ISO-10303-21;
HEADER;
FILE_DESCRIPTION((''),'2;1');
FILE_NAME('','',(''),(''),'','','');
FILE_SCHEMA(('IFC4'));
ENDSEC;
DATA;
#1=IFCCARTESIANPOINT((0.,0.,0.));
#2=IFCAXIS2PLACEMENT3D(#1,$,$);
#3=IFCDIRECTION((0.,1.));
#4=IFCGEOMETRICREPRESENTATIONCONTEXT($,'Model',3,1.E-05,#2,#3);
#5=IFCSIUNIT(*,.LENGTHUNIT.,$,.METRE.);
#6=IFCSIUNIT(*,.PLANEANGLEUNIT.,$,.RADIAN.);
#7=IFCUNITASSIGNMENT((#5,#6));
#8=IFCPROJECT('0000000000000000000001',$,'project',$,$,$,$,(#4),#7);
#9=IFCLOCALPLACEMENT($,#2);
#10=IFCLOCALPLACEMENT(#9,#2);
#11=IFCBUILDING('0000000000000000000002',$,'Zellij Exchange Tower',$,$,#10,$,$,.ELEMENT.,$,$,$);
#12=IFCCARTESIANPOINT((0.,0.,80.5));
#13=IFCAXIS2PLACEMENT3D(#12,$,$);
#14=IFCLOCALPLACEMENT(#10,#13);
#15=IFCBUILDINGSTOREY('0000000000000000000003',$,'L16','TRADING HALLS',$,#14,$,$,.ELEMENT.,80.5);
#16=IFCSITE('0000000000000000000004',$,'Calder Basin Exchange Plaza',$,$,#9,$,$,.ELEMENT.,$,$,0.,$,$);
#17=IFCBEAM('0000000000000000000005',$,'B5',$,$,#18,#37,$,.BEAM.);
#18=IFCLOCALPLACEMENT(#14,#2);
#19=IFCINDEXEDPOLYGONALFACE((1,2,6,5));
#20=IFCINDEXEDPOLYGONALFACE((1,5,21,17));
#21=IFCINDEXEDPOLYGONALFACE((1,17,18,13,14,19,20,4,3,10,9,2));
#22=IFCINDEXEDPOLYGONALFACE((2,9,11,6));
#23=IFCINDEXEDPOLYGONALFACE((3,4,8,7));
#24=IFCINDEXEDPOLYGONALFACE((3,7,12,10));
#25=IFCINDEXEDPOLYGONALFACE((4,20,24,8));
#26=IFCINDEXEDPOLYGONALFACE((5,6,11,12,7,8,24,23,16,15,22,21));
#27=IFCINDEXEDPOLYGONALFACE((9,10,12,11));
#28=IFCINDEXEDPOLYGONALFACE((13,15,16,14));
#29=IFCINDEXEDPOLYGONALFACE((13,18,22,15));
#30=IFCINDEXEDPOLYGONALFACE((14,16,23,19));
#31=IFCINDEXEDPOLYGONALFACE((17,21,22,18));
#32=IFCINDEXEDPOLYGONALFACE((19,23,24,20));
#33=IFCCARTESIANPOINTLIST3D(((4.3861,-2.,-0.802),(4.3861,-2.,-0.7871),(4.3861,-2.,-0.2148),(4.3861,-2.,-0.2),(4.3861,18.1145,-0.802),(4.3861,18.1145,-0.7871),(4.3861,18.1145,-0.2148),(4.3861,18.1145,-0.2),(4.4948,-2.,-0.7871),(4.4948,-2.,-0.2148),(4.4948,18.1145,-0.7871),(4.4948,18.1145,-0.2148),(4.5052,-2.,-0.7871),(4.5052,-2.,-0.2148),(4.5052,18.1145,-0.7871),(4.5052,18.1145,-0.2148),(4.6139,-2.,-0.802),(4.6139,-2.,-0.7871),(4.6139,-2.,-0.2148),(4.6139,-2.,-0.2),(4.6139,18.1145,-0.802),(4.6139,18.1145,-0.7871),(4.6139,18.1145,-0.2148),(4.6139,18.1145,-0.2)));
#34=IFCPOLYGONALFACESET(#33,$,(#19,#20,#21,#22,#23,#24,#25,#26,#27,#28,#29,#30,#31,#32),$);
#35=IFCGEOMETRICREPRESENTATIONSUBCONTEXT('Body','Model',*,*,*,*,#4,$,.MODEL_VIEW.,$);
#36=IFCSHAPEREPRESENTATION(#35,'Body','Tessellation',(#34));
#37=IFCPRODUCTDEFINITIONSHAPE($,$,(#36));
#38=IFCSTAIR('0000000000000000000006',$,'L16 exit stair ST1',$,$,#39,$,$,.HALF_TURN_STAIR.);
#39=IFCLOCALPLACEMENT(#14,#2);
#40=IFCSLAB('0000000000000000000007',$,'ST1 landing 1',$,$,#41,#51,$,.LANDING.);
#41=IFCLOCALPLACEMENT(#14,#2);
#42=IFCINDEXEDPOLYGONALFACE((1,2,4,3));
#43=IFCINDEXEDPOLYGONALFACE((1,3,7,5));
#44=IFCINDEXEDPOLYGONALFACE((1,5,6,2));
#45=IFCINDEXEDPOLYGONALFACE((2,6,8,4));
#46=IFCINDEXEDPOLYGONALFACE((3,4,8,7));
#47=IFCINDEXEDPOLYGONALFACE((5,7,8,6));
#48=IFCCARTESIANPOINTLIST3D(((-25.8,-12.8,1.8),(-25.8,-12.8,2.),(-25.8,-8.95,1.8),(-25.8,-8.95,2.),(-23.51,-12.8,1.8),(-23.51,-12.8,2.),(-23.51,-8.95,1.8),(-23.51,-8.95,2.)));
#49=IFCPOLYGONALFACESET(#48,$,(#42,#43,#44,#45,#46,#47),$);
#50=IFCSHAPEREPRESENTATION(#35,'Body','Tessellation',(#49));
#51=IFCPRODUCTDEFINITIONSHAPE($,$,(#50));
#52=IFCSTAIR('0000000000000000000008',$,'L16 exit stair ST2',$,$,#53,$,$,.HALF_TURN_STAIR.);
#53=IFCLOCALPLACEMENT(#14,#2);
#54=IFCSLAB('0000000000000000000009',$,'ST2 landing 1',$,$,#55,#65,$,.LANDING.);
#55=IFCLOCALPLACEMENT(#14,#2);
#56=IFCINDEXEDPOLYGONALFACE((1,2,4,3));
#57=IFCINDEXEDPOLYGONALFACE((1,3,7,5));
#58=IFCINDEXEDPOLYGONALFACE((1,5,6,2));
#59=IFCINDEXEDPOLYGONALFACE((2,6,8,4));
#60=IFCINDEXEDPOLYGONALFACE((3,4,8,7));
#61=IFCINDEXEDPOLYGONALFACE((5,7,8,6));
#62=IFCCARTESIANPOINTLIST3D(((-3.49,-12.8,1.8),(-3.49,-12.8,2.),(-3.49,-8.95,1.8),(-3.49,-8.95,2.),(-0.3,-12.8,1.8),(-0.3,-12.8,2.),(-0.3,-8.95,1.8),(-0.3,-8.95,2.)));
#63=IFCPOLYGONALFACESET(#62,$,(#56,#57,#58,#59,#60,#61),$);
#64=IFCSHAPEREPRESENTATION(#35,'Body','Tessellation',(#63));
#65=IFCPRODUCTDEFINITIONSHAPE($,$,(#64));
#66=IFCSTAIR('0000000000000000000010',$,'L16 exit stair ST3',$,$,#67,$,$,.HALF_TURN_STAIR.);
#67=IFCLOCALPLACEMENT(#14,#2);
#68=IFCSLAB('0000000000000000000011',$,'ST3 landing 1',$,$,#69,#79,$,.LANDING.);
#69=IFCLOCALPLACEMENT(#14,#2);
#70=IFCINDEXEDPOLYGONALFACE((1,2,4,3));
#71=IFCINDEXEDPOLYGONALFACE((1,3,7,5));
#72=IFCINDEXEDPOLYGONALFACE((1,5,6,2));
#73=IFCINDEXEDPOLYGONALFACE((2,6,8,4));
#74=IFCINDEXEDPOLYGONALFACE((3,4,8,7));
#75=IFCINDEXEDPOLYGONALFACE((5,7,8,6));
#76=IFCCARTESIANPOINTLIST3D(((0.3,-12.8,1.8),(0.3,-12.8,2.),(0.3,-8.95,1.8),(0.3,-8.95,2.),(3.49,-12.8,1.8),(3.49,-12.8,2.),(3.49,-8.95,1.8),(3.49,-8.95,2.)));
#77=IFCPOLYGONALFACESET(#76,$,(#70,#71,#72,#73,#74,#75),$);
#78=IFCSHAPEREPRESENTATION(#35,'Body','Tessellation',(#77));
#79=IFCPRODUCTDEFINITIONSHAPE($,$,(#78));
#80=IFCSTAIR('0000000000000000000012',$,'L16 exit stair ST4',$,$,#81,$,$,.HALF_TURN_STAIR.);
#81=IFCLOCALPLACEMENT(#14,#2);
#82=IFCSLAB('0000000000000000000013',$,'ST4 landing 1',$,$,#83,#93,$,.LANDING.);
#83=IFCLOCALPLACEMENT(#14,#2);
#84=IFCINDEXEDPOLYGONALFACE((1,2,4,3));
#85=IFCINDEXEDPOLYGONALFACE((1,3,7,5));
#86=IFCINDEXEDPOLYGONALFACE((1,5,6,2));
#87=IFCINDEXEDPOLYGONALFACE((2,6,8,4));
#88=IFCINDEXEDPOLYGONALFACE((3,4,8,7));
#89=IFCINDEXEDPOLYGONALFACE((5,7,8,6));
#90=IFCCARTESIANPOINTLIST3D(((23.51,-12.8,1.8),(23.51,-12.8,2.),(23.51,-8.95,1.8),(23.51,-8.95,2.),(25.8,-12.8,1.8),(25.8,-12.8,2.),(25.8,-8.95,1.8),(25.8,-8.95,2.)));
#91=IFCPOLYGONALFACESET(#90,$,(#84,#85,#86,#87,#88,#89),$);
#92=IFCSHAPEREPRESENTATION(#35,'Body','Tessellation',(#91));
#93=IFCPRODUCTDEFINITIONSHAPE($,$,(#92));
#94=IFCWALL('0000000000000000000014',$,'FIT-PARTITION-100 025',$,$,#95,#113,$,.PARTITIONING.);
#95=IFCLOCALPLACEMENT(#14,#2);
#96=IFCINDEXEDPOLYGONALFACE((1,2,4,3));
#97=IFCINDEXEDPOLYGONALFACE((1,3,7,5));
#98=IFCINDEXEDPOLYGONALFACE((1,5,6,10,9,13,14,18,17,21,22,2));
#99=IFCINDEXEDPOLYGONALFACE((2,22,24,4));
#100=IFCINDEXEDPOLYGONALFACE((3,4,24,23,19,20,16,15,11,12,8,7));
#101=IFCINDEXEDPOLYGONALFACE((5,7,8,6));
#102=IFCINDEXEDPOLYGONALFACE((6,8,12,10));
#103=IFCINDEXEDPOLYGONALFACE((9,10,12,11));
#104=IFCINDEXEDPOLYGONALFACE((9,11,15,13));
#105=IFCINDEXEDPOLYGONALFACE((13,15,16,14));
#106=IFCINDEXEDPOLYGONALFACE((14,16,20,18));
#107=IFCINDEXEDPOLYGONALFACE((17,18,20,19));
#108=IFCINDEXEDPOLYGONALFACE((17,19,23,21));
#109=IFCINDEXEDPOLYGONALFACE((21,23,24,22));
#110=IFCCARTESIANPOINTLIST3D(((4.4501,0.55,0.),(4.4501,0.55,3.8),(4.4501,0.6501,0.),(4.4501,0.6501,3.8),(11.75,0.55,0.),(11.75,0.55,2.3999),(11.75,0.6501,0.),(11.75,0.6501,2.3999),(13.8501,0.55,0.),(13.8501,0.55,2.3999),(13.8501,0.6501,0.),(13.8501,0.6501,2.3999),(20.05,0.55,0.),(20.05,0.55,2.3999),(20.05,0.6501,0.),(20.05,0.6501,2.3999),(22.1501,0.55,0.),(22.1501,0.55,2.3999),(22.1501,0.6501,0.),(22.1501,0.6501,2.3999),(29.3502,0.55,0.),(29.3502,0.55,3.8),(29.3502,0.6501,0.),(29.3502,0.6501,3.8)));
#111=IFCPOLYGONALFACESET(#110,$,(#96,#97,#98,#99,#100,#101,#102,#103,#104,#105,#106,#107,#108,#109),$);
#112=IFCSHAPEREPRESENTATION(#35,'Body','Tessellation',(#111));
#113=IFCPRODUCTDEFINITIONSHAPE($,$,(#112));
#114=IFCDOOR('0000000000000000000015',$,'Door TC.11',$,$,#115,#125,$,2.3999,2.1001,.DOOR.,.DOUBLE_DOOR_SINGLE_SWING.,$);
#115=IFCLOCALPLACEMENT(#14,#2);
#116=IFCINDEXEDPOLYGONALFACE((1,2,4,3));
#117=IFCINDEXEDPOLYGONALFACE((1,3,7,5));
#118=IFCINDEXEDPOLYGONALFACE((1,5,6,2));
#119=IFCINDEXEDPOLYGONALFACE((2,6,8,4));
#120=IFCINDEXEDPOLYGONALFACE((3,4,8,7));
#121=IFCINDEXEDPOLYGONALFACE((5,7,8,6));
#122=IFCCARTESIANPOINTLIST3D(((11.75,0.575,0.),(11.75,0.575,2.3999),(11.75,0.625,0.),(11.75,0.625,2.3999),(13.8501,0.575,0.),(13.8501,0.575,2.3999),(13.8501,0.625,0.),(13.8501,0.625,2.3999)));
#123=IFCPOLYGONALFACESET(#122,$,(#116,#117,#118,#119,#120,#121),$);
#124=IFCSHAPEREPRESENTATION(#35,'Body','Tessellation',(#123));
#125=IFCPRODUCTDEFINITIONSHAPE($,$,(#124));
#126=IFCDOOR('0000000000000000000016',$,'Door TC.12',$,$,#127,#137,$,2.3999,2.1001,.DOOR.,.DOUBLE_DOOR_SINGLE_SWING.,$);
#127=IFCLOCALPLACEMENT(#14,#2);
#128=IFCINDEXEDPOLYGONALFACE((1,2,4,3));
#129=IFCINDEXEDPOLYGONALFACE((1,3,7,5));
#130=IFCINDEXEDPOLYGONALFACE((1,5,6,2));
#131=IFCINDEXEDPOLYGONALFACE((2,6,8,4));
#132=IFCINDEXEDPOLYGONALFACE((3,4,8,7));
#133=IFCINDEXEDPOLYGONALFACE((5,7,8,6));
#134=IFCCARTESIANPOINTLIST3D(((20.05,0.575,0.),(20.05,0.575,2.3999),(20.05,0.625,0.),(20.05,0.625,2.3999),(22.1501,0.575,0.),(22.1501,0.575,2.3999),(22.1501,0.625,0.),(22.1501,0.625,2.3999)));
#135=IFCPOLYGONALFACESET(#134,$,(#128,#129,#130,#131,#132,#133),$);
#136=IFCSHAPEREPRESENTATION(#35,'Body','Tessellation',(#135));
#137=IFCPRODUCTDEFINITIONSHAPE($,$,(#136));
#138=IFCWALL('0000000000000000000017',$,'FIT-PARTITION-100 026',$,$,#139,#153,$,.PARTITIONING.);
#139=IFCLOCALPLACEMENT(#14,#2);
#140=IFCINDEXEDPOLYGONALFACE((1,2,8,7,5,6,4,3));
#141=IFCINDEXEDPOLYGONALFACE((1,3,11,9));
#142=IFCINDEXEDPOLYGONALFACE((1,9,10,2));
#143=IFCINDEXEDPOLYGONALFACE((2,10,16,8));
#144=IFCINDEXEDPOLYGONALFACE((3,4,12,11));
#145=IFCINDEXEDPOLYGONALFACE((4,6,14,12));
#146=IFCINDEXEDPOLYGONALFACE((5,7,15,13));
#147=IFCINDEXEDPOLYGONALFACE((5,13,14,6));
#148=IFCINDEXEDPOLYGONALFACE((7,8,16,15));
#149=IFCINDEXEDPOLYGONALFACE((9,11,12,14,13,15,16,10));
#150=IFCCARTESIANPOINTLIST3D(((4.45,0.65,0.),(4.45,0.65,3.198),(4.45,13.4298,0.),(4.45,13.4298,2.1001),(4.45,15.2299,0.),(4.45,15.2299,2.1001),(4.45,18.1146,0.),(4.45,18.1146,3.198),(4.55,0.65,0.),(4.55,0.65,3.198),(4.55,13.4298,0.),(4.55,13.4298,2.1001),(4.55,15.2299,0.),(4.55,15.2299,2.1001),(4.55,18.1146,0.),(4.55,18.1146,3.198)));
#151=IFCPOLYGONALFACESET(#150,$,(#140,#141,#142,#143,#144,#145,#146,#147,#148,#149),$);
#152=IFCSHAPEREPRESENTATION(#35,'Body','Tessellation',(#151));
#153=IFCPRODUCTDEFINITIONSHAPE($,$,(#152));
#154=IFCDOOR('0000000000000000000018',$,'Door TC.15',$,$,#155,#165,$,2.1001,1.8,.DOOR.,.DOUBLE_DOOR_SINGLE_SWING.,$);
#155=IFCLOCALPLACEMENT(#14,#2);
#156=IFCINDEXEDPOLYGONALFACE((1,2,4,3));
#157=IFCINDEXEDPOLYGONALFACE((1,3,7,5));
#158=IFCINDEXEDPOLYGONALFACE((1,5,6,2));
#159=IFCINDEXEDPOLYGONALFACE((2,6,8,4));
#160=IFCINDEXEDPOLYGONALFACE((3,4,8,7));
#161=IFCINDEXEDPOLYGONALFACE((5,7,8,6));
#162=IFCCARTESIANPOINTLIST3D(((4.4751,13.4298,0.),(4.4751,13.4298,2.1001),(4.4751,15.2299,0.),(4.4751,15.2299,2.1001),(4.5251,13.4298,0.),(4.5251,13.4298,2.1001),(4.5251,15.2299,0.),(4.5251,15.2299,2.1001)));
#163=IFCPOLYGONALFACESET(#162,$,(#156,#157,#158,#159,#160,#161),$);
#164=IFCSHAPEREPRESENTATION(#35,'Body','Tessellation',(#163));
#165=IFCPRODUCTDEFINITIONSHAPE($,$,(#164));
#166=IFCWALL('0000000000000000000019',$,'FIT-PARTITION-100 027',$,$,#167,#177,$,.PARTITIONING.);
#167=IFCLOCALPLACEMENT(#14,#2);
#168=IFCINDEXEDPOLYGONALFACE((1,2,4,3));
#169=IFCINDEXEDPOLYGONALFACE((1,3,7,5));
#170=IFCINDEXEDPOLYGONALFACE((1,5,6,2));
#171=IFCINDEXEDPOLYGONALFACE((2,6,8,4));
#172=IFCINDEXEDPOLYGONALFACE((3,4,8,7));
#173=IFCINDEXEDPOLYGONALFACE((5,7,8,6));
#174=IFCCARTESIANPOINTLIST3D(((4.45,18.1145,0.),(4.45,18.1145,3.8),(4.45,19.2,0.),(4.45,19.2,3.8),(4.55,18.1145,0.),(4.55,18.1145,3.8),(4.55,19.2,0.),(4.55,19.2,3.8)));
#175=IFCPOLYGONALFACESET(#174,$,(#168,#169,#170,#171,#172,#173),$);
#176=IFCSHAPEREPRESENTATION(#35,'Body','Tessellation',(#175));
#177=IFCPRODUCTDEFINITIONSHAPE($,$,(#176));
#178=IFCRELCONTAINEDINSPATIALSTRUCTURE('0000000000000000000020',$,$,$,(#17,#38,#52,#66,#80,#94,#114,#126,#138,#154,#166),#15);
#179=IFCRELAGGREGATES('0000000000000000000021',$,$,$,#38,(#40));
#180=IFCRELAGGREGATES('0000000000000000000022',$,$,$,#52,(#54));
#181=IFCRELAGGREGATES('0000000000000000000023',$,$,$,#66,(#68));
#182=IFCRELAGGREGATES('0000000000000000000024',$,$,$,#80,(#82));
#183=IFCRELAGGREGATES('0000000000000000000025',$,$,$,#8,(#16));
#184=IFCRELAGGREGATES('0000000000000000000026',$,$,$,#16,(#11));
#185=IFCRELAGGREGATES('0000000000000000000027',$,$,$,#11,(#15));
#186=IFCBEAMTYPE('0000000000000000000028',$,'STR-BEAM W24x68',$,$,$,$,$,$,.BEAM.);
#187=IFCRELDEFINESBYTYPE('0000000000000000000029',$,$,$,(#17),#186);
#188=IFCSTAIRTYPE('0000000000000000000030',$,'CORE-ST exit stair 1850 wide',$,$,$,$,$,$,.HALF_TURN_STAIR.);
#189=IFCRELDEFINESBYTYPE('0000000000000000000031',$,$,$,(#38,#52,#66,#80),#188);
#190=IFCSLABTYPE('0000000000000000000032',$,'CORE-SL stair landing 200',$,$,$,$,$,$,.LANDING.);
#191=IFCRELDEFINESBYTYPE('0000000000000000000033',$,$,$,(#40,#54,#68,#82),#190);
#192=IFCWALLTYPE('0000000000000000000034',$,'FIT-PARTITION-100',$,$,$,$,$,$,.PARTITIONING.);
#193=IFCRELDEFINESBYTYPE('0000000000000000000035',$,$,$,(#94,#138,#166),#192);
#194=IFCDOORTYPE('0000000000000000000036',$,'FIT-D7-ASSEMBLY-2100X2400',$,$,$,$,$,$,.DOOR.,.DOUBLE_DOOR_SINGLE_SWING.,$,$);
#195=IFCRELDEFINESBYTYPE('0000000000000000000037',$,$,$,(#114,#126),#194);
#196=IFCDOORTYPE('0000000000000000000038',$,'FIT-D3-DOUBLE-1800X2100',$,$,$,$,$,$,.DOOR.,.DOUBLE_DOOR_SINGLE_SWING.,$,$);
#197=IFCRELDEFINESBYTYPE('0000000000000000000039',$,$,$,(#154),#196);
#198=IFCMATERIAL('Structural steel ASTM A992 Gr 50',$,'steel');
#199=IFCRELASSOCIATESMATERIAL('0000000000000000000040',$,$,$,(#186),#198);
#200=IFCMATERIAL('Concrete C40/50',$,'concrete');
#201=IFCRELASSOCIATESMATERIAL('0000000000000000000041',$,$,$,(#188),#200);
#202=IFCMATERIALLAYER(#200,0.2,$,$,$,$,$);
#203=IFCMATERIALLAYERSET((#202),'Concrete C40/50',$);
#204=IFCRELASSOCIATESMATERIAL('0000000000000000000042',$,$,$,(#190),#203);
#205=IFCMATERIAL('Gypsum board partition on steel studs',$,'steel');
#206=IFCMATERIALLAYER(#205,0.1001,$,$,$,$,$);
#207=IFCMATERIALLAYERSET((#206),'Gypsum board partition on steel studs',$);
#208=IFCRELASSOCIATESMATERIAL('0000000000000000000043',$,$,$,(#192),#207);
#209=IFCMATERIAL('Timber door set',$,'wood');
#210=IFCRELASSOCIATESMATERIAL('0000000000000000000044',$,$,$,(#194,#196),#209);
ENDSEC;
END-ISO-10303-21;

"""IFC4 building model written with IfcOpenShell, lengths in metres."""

from ifc_helpers import new_model, si_unit, direction, frame, frame_2d, origin, origin_2d, place, context, subcontext, project, spatial, polyline, rectangle, i_section, outline, extrude, material, layer, layer_set, material_profile, profile_set, type_object, element, fill, aggregate, save


model = new_model("IFC4")

# Units and contexts
model_context = context("Model", 3, precision=1e-05, world=origin(), true_north=direction((0.0, 1.0)))
body_context = subcontext(model_context, "Body", "Model", "MODEL_VIEW")
ifc_project = project(units=[si_unit("LENGTHUNIT", "METRE"), si_unit("PLANEANGLEUNIT", "RADIAN")], contexts=[model_context])

# Site, building, storey
site_placement = place(None, origin())
site = spatial("IfcSite", under=ifc_project, at=site_placement, Name="Calder Basin Exchange Plaza", CompositionType="ELEMENT", RefElevation=0.0)
building_placement = place(site_placement, origin())
building = spatial("IfcBuilding", under=site, at=building_placement, Name="Zellij Exchange Tower", CompositionType="ELEMENT")
storey_placement = place(building_placement, frame((0.0, 0.0, 80.5)))
storey = spatial("IfcBuildingStorey", under=building, at=storey_placement, Name="L16", Description="TRADING HALLS", CompositionType="ELEMENT", Elevation=80.5)

# Beam
ifc_material_1 = material(Name="Structural steel ASTM A992 Gr 50", Category="steel")
ifc_material_profile = material_profile(ifc_material_1, i_section(OverallWidth=0.2278, OverallDepth=0.6021, WebThickness=0.0105, FlangeThickness=0.0149, at=origin_2d()), Name="W24x68")
ifc_profile_set = profile_set([ifc_material_profile], Name="Structural steel ASTM A992 Gr 50")
beam_type = type_object("IfcBeamType", Name="STR-BEAM W24x68", PredefinedType="BEAM", material=ifc_profile_set)
beam_placement = place(storey_placement, frame((4.5, -2.0, -0.501), z_axis=(0.0, 1.0, 0.0), x_axis=(-1.0, 0.0, 0.0)))
element("IfcBeam", 1, at=beam_placement, inside=storey, type_object=beam_type, Name="B5", PredefinedType="BEAM", context=body_context, shape_type="SweptSolid", body=[
    extrude(i_section(OverallWidth=0.2278, OverallDepth=0.6021, WebThickness=0.0105, FlangeThickness=0.0149, at=origin_2d()), origin(), (0.0, 0.0, 1.0), 20.1145),
])

# Stairs, slabs
ifc_material_2 = material(Name="Concrete C40/50", Category="concrete")
stair_type = type_object("IfcStairType", Name="CORE-ST exit stair 1850 wide", PredefinedType="HALF_TURN_STAIR", material=ifc_material_2)
stair_1_placement = place(storey_placement, origin())
stair_1 = element("IfcStair", 2, at=stair_1_placement, inside=storey, type_object=stair_type, Name="L16 exit stair ST1", PredefinedType="HALF_TURN_STAIR")
ifc_layer_1 = layer(ifc_material_2, 0.2)
ifc_layer_set_1 = layer_set([ifc_layer_1], Name="Concrete C40/50")
slab_type = type_object("IfcSlabType", Name="CORE-SL stair landing 200", PredefinedType="LANDING", material=ifc_layer_set_1)
slab_1_placement = place(storey_placement, frame((0.0, 0.0, 1.8)))
slab_1 = element("IfcSlab", 3, at=slab_1_placement, type_object=slab_type, Name="ST1 landing 1", PredefinedType="LANDING", context=body_context, shape_type="SweptSolid", body=[
    extrude(outline(polyline([(-23.51, -8.95), (-25.8, -8.95), (-25.8, -12.8), (-23.51, -12.8), (-23.51, -8.95)])), origin(), (0.0, 0.0, 1.0), 0.2),
])
aggregate(stair_1, [slab_1])
stair_2_placement = place(storey_placement, origin())
stair_2 = element("IfcStair", 4, at=stair_2_placement, inside=storey, type_object=stair_type, Name="L16 exit stair ST2", PredefinedType="HALF_TURN_STAIR")
slab_2_placement = place(storey_placement, frame((0.0, 0.0, 1.8)))
slab_2 = element("IfcSlab", 5, at=slab_2_placement, type_object=slab_type, Name="ST2 landing 1", PredefinedType="LANDING", context=body_context, shape_type="SweptSolid", body=[
    extrude(outline(polyline([(-3.49, -12.8), (-0.3, -12.8), (-0.3, -8.95), (-3.49, -8.95), (-3.49, -12.8)])), origin(), (0.0, 0.0, 1.0), 0.2),
])
aggregate(stair_2, [slab_2])
stair_3_placement = place(storey_placement, origin())
stair_3 = element("IfcStair", 6, at=stair_3_placement, inside=storey, type_object=stair_type, Name="L16 exit stair ST3", PredefinedType="HALF_TURN_STAIR")
slab_3_placement = place(storey_placement, frame((0.0, 0.0, 1.8)))
slab_3 = element("IfcSlab", 7, at=slab_3_placement, type_object=slab_type, Name="ST3 landing 1", PredefinedType="LANDING", context=body_context, shape_type="SweptSolid", body=[
    extrude(outline(polyline([(3.49, -8.95), (0.3, -8.95), (0.3, -12.8), (3.49, -12.8), (3.49, -8.95)])), origin(), (0.0, 0.0, 1.0), 0.2),
])
aggregate(stair_3, [slab_3])
stair_4_placement = place(storey_placement, origin())
stair_4 = element("IfcStair", 8, at=stair_4_placement, inside=storey, type_object=stair_type, Name="L16 exit stair ST4", PredefinedType="HALF_TURN_STAIR")
slab_4_placement = place(storey_placement, frame((0.0, 0.0, 1.8)))
slab_4 = element("IfcSlab", 9, at=slab_4_placement, type_object=slab_type, Name="ST4 landing 1", PredefinedType="LANDING", context=body_context, shape_type="SweptSolid", body=[
    extrude(outline(polyline([(23.51, -12.8), (25.8, -12.8), (25.8, -8.95), (23.51, -8.95), (23.51, -12.8)])), origin(), (0.0, 0.0, 1.0), 0.2),
])
aggregate(stair_4, [slab_4])

# Wall, openings, doors
ifc_material_3 = material(Name="Gypsum board partition on steel studs", Category="steel")
ifc_layer_2 = layer(ifc_material_3, 0.1001)
ifc_layer_set_2 = layer_set([ifc_layer_2], Name="Gypsum board partition on steel studs")
wall_type = type_object("IfcWallType", Name="FIT-PARTITION-100", PredefinedType="PARTITIONING", material=ifc_layer_set_2)
wall_1_placement = place(storey_placement, frame((4.45, 0.6001, 0.0), z_axis=(0.0, 0.0, 1.0), x_axis=(1.0, 0.0, 0.0)))
wall_1 = element("IfcWall", 10, at=wall_1_placement, inside=storey, type_object=wall_type, Name="FIT-PARTITION-100 025", PredefinedType="PARTITIONING", context=body_context, shape_type="SweptSolid", body=[
    extrude(rectangle(XDim=24.9001, YDim=0.1001, at=frame_2d((12.4502, 0.0))), origin(), (0.0, 0.0, 1.0), 3.8),
])
opening_1_placement = place(wall_1_placement, frame((7.3, 0.0, 0.0)))
opening_1 = element("IfcOpeningElement", 11, at=opening_1_placement, cuts=wall_1, PredefinedType="OPENING", context=body_context, shape_type="SweptSolid", body=[
    extrude(rectangle(XDim=2.1001, YDim=2.3999, at=frame_2d((1.05, 1.2))), frame((0.0, 0.062, 0.0), z_axis=(0.0, -1.0, 0.0), x_axis=(1.0, 0.0, 0.0)), (0.0, 0.0, 1.0), 0.124),
])
opening_2_placement = place(wall_1_placement, frame((15.6001, 0.0, 0.0)))
opening_2 = element("IfcOpeningElement", 12, at=opening_2_placement, cuts=wall_1, PredefinedType="OPENING", context=body_context, shape_type="SweptSolid", body=[
    extrude(rectangle(XDim=2.1001, YDim=2.3999, at=frame_2d((1.05, 1.2))), frame((0.0, 0.062, 0.0), z_axis=(0.0, -1.0, 0.0), x_axis=(1.0, 0.0, 0.0)), (0.0, 0.0, 1.0), 0.124),
])
ifc_material_4 = material(Name="Timber door set", Category="wood")
door_type_1 = type_object("IfcDoorType", Name="FIT-D7-ASSEMBLY-2100X2400", OperationType="DOUBLE_DOOR_SINGLE_SWING", PredefinedType="DOOR", material=ifc_material_4)
door_1_placement = place(opening_1_placement, origin())
door_1 = element("IfcDoor", 13, at=door_1_placement, inside=storey, type_object=door_type_1, Name="Door TC.11", OperationType="DOUBLE_DOOR_SINGLE_SWING", OverallHeight=2.3999, OverallWidth=2.1001, PredefinedType="DOOR", context=body_context, shape_type="SweptSolid", body=[
    extrude(rectangle(XDim=2.1001, YDim=2.3999, at=frame_2d((1.05, 1.2))), frame((0.0, 0.0249, 0.0), z_axis=(0.0, -1.0, 0.0), x_axis=(1.0, 0.0, 0.0)), (0.0, 0.0, 1.0), 0.05),
])
fill(opening_1, door_1)
door_2_placement = place(opening_2_placement, origin())
door_2 = element("IfcDoor", 14, at=door_2_placement, inside=storey, type_object=door_type_1, Name="Door TC.12", OperationType="DOUBLE_DOOR_SINGLE_SWING", OverallHeight=2.3999, OverallWidth=2.1001, PredefinedType="DOOR", context=body_context, shape_type="SweptSolid", body=[
    extrude(rectangle(XDim=2.1001, YDim=2.3999, at=frame_2d((1.05, 1.2))), frame((0.0, 0.0249, 0.0), z_axis=(0.0, -1.0, 0.0), x_axis=(1.0, 0.0, 0.0)), (0.0, 0.0, 1.0), 0.05),
])
fill(opening_2, door_2)

# Wall, opening, door
wall_2_placement = place(storey_placement, frame((4.5, 0.6499, 0.0), z_axis=(0.0, 0.0, 1.0), x_axis=(0.0, 1.0, 0.0)))
wall_2 = element("IfcWall", 15, at=wall_2_placement, inside=storey, type_object=wall_type, Name="FIT-PARTITION-100 026", PredefinedType="PARTITIONING", context=body_context, shape_type="SweptSolid", body=[
    extrude(rectangle(XDim=17.4646, YDim=0.1001, at=frame_2d((8.7324, 0.0))), origin(), (0.0, 0.0, 1.0), 3.198),
])
opening_3_placement = place(wall_2_placement, frame((12.78, 0.0, 0.0)))
opening_3 = element("IfcOpeningElement", 16, at=opening_3_placement, cuts=wall_2, PredefinedType="OPENING", context=body_context, shape_type="SweptSolid", body=[
    extrude(rectangle(XDim=1.8, YDim=2.1001, at=frame_2d((0.8999, 1.05))), frame((0.0, 0.062, 0.0), z_axis=(0.0, -1.0, 0.0), x_axis=(1.0, 0.0, 0.0)), (0.0, 0.0, 1.0), 0.124),
])
door_type_2 = type_object("IfcDoorType", Name="FIT-D3-DOUBLE-1800X2100", OperationType="DOUBLE_DOOR_SINGLE_SWING", PredefinedType="DOOR", material=ifc_material_4)
door_3_placement = place(opening_3_placement, origin())
door_3 = element("IfcDoor", 17, at=door_3_placement, inside=storey, type_object=door_type_2, Name="Door TC.15", OperationType="DOUBLE_DOOR_SINGLE_SWING", OverallHeight=2.1001, OverallWidth=1.8, PredefinedType="DOOR", context=body_context, shape_type="SweptSolid", body=[
    extrude(rectangle(XDim=1.8, YDim=2.1001, at=frame_2d((0.8999, 1.05))), frame((0.0, 0.0249, 0.0), z_axis=(0.0, -1.0, 0.0), x_axis=(1.0, 0.0, 0.0)), (0.0, 0.0, 1.0), 0.05),
])
fill(opening_3, door_3)

# Wall
wall_3_placement = place(storey_placement, frame((4.5, 18.1145, 0.0), z_axis=(0.0, 0.0, 1.0), x_axis=(0.0, 1.0, 0.0)))
element("IfcWall", 18, at=wall_3_placement, inside=storey, type_object=wall_type, Name="FIT-PARTITION-100 027", PredefinedType="PARTITIONING", context=body_context, shape_type="SweptSolid", body=[
    extrude(rectangle(XDim=1.0854, YDim=0.1001, at=frame_2d((0.5427, 0.0))), origin(), (0.0, 0.0, 1.0), 3.8),
])

save(model, "model.ifc")
